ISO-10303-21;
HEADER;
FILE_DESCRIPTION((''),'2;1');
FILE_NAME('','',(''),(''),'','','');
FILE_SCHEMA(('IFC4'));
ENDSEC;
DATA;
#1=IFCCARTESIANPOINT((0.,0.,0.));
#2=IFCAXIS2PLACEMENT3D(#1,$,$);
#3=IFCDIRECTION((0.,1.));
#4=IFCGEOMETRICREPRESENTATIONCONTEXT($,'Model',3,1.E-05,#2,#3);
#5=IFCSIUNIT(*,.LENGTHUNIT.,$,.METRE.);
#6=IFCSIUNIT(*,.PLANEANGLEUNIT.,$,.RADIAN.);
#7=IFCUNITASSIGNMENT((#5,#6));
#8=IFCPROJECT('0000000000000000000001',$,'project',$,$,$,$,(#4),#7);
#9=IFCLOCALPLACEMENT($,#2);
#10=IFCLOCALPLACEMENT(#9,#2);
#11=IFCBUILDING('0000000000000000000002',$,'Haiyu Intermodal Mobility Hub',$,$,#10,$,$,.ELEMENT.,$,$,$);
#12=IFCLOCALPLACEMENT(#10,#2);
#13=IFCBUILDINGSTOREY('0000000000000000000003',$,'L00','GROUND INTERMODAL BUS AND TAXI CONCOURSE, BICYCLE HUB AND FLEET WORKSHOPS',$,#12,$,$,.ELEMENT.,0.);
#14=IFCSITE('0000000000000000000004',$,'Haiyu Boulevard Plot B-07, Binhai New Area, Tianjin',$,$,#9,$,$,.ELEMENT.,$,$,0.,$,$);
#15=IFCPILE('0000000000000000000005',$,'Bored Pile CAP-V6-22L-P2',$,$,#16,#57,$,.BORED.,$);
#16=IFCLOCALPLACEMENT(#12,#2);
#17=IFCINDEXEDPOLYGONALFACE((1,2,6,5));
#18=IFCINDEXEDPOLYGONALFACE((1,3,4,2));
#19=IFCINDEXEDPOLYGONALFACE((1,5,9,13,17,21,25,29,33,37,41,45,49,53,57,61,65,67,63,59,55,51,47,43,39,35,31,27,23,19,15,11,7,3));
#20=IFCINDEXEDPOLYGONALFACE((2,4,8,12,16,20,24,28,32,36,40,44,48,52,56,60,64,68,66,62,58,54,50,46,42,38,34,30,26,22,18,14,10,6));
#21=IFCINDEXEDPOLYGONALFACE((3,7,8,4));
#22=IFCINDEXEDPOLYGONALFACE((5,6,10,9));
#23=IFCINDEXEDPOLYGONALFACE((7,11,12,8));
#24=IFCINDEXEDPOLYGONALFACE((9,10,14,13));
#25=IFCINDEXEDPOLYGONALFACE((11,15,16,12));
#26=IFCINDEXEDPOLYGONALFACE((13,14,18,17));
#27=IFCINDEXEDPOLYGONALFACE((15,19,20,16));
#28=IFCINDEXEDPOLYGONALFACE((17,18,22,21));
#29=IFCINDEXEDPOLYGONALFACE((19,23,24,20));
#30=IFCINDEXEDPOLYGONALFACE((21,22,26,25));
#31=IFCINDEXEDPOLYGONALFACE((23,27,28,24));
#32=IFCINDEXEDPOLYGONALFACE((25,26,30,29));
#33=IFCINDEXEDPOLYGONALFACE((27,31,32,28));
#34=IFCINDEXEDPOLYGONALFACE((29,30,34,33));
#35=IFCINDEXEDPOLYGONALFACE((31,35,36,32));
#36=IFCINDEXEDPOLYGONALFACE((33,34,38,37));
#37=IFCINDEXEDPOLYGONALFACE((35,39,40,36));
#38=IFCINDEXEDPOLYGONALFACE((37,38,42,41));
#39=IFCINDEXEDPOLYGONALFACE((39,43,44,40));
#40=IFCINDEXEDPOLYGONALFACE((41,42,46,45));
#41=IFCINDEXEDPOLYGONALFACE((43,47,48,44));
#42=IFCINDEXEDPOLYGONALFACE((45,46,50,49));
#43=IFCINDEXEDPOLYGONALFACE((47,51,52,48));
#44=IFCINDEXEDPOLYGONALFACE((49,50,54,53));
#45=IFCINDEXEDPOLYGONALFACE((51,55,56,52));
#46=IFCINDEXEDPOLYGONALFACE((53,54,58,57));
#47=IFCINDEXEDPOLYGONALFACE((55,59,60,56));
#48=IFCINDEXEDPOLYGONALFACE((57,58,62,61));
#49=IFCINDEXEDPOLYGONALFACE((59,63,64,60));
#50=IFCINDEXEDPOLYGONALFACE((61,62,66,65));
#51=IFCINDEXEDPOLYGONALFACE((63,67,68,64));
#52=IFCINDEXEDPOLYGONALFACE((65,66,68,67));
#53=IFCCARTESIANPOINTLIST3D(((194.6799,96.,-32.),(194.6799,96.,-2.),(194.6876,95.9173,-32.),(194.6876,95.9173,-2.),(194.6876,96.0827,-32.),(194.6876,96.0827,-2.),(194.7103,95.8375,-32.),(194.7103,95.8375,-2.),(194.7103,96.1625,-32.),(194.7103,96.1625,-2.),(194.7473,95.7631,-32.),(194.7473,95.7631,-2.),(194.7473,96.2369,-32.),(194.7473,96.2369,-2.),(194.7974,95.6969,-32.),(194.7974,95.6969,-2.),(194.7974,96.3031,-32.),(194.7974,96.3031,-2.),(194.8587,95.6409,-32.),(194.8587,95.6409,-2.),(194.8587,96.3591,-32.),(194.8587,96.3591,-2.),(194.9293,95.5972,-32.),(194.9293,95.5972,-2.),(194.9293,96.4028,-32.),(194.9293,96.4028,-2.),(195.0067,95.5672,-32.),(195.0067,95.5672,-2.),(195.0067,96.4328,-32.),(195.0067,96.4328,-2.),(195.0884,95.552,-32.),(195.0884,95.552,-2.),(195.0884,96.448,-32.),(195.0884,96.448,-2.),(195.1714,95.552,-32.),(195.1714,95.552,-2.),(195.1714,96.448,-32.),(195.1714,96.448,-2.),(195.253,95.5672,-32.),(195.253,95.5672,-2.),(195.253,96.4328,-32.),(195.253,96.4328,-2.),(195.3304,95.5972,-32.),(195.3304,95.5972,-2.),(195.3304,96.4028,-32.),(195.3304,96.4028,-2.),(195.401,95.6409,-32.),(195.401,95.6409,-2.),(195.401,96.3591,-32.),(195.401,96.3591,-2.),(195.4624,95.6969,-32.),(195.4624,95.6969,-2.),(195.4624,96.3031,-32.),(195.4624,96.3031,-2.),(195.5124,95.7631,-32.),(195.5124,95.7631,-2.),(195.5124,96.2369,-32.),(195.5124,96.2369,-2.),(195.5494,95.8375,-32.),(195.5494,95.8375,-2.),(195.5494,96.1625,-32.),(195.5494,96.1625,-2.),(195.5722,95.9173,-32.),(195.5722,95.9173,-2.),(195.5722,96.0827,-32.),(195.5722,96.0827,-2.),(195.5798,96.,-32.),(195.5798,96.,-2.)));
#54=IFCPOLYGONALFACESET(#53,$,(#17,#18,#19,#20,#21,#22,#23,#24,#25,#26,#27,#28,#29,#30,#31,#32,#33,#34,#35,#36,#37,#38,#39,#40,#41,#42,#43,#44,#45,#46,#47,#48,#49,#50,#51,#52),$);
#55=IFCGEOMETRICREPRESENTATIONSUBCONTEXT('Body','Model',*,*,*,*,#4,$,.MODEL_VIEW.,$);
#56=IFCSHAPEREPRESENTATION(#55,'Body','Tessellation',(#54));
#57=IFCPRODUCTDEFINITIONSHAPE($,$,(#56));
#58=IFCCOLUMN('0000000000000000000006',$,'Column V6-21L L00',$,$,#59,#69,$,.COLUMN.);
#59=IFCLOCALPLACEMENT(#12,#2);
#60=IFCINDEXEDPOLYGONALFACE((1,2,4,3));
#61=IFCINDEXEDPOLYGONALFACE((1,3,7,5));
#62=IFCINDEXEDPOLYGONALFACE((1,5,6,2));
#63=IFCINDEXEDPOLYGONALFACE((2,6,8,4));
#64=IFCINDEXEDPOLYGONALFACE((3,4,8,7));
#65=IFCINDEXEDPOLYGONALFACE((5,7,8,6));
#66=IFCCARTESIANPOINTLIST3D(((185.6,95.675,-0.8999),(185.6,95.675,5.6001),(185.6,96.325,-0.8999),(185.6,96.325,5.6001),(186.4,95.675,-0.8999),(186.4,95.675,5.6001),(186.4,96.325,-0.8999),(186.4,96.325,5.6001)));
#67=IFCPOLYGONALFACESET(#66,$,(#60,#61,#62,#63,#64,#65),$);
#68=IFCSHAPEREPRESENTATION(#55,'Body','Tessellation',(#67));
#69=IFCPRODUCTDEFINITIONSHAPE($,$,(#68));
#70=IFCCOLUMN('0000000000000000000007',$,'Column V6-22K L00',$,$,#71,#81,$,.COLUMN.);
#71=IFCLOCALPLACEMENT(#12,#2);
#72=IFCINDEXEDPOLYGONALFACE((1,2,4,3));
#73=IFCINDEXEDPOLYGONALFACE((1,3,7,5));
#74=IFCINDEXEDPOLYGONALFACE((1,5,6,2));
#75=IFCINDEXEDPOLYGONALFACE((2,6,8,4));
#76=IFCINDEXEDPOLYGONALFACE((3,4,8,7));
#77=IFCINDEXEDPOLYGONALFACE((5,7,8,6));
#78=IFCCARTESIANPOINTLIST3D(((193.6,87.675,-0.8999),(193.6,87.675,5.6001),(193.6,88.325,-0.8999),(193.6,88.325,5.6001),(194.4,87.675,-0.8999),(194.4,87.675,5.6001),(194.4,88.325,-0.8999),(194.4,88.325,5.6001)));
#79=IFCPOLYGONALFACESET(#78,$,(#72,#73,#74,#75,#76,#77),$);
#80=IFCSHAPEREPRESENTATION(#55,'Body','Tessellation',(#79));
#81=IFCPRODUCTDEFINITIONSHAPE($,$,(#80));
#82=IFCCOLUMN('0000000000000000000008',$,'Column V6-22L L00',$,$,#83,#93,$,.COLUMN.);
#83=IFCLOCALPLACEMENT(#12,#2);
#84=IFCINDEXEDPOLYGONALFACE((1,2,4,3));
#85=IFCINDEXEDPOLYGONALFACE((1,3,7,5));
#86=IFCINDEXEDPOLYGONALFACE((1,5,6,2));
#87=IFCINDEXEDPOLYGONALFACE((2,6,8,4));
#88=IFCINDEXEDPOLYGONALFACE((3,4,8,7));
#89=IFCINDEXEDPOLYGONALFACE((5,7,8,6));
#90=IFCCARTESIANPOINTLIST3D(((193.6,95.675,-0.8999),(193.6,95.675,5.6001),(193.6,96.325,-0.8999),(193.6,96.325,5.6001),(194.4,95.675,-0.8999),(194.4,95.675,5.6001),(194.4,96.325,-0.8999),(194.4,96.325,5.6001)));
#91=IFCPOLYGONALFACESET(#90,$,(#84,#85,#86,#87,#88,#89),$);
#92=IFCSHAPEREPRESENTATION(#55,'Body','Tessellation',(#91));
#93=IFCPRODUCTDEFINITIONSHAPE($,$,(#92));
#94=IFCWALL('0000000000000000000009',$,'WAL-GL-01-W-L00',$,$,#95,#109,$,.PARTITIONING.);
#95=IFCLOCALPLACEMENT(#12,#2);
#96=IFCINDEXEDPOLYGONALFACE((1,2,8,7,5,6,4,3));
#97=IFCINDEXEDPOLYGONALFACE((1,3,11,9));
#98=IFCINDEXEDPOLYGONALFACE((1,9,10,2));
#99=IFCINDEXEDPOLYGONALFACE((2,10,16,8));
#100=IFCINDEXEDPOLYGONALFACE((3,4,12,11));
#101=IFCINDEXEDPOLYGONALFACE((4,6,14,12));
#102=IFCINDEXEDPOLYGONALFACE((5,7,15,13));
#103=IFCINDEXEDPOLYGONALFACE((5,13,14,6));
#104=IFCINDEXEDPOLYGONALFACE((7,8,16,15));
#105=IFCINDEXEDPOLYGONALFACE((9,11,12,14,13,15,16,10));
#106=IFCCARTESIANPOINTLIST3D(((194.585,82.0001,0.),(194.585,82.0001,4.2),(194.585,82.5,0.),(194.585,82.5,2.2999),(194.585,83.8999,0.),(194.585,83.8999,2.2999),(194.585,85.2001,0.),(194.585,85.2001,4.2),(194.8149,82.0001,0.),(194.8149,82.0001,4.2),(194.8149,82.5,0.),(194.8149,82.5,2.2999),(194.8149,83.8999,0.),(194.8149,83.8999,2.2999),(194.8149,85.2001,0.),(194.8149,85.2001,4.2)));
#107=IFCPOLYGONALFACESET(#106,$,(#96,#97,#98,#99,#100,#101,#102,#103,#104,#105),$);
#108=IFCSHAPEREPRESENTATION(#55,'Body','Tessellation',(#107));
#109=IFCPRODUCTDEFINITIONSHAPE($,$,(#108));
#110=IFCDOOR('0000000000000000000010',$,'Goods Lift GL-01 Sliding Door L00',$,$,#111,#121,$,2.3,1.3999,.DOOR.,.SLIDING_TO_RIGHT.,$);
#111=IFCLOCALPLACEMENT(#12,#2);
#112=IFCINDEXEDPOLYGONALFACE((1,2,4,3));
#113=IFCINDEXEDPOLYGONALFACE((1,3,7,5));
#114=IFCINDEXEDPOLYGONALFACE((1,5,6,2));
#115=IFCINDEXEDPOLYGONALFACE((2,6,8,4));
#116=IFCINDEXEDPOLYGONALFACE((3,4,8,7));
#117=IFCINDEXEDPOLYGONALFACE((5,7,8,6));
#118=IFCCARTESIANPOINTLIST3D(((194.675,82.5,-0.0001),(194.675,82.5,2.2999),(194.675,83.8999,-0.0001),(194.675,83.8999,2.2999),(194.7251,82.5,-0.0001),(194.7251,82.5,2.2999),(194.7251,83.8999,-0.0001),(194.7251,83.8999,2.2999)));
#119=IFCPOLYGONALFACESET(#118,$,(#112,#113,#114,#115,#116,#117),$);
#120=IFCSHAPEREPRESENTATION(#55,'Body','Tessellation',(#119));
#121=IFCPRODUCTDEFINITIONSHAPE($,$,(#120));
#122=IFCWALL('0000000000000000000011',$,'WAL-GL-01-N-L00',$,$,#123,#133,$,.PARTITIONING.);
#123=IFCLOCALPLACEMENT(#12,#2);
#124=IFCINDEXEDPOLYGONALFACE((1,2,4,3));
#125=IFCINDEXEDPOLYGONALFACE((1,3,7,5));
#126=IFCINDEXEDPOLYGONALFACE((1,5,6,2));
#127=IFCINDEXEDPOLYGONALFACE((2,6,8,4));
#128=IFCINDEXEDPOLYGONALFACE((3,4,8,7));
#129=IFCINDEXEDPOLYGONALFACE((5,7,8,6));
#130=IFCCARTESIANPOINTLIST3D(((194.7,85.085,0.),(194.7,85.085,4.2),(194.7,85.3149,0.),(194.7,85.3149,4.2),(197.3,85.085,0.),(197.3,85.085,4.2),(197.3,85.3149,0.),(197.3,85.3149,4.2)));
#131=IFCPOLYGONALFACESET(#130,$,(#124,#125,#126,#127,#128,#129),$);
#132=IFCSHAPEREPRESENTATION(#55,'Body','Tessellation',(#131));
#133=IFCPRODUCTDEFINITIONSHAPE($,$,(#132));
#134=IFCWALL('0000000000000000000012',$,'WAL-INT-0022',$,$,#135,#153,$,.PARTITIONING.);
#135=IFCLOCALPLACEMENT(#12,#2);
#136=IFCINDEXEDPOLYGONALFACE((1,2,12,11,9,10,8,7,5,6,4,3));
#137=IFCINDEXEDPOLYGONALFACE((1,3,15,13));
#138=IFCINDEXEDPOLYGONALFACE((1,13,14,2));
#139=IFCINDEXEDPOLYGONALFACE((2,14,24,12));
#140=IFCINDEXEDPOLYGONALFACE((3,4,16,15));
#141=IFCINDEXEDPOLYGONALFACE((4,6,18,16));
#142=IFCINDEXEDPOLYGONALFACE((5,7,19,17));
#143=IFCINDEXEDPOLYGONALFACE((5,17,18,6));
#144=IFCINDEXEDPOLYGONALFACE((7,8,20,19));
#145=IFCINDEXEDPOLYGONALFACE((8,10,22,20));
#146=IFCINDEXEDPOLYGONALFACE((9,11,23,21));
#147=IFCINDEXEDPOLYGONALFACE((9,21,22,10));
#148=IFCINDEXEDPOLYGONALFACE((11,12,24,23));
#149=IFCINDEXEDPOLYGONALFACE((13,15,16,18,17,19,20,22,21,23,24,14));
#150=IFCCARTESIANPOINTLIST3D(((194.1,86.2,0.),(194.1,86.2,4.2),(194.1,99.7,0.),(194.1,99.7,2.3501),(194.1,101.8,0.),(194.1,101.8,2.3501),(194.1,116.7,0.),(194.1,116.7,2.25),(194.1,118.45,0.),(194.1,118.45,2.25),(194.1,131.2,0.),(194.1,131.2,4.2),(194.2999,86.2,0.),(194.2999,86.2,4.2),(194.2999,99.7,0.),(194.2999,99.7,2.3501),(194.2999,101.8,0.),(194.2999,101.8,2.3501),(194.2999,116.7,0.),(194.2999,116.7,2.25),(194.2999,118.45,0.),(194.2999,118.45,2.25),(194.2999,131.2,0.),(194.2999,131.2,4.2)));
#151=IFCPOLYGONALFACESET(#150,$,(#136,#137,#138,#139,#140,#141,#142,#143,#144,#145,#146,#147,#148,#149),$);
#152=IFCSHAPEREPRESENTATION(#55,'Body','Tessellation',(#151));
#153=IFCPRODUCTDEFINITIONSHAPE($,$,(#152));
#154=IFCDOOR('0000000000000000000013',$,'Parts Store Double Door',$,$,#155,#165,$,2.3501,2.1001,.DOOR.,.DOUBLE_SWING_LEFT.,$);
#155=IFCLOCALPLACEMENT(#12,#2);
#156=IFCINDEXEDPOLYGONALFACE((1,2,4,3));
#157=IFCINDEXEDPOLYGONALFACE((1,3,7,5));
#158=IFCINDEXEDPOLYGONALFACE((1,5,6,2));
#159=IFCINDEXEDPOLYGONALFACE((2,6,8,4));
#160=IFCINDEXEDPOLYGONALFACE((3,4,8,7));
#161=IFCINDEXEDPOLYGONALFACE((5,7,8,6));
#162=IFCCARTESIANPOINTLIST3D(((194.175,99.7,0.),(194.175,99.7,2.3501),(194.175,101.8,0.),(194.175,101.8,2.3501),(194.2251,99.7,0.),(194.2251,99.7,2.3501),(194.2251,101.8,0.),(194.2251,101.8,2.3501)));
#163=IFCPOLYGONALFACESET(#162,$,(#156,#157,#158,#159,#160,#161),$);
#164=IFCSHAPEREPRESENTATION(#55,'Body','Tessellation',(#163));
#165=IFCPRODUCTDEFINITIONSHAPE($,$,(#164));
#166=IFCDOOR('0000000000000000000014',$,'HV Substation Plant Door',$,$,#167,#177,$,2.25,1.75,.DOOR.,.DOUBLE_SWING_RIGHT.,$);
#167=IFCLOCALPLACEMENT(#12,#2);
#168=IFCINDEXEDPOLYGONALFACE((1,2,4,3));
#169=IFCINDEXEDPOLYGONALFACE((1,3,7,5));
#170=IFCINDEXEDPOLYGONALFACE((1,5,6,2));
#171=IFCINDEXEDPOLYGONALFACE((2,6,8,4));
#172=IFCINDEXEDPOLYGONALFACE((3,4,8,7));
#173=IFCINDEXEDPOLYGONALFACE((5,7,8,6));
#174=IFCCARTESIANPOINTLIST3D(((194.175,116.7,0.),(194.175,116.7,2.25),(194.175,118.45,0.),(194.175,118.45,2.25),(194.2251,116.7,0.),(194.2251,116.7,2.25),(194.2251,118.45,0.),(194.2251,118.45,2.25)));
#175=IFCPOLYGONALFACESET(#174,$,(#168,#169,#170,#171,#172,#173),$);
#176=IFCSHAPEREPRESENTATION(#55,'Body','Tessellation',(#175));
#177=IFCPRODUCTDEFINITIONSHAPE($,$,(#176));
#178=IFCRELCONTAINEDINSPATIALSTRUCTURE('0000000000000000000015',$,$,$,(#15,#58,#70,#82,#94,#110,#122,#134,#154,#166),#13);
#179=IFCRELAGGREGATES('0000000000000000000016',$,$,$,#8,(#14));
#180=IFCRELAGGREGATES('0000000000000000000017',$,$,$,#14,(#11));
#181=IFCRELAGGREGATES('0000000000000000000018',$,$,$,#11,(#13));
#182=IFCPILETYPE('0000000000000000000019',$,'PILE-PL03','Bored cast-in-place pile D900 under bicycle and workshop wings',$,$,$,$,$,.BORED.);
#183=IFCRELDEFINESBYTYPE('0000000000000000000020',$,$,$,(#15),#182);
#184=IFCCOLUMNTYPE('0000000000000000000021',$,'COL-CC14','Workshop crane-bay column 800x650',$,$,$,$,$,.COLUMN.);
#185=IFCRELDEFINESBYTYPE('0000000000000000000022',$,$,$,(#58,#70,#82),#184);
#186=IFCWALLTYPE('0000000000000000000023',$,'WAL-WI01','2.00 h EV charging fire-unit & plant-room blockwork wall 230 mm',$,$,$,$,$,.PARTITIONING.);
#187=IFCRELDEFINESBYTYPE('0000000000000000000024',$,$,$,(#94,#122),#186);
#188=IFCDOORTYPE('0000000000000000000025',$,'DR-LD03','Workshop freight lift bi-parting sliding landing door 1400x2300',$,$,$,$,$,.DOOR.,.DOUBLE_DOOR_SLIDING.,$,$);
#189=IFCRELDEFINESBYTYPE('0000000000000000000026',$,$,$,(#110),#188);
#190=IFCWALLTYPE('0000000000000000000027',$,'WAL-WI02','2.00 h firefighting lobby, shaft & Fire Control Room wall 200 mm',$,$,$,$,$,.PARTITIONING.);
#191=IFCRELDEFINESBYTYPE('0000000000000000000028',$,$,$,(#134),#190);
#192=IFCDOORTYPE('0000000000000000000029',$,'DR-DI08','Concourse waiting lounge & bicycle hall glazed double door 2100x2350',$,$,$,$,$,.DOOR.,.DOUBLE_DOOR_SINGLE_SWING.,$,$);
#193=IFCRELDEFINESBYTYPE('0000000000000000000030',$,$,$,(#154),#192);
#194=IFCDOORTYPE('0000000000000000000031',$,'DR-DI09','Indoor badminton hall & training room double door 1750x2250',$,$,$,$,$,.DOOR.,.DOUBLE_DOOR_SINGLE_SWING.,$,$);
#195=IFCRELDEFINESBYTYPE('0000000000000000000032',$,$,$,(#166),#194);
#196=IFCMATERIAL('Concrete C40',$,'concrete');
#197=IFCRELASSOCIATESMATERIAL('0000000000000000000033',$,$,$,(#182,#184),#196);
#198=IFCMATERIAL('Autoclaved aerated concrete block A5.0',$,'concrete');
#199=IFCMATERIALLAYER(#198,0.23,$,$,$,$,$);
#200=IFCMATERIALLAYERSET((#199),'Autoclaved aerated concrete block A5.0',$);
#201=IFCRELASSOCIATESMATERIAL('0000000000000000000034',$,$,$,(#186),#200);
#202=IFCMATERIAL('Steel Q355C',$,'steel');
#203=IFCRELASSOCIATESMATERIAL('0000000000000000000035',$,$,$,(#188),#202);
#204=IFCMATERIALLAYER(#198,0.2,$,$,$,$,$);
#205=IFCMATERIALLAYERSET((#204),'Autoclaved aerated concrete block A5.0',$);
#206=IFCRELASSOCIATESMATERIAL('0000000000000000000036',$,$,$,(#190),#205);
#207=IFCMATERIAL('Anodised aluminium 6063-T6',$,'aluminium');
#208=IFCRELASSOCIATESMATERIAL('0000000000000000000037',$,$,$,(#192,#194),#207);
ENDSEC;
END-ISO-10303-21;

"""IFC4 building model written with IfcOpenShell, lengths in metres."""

from ifc_helpers import new_model, si_unit, direction, frame, frame_2d, origin, origin_2d, place, context, subcontext, project, spatial, rectangle, circle, extrude, material, layer, layer_set, material_profile, profile_set, type_object, element, fill, save


model = new_model("IFC4")

# Units and contexts
model_context = context("Model", 3, precision=1e-05, world=origin(), true_north=direction((0.0, 1.0)))
body_context = subcontext(model_context, "Body", "Model", "MODEL_VIEW")
ifc_project = project(units=[si_unit("LENGTHUNIT", "METRE"), si_unit("PLANEANGLEUNIT", "RADIAN")], contexts=[model_context])

# Site, building, storey
site_placement = place(None, origin())
site = spatial("IfcSite", under=ifc_project, at=site_placement, Name="Haiyu Boulevard Plot B-07, Binhai New Area, Tianjin", CompositionType="ELEMENT", RefElevation=0.0)
building_placement = place(site_placement, origin())
building = spatial("IfcBuilding", under=site, at=building_placement, Name="Haiyu Intermodal Mobility Hub", CompositionType="ELEMENT")
storey_placement = place(building_placement, origin())
storey = spatial("IfcBuildingStorey", under=building, at=storey_placement, Name="L00", Description="GROUND INTERMODAL BUS AND TAXI CONCOURSE, BICYCLE HUB AND FLEET WORKSHOPS", CompositionType="ELEMENT", Elevation=0.0)

# Shared definitions
ifc_material_1 = material(Name="Concrete C40", Category="concrete")

# Pile
ifc_material_profile_1 = material_profile(ifc_material_1, circle(Radius=0.45, at=origin_2d()), Name="PILE-D900")
ifc_profile_set_1 = profile_set([ifc_material_profile_1], Name="Concrete C40")
pile_type = type_object("IfcPileType", Name="PILE-PL03", Description="Bored cast-in-place pile D900 under bicycle and workshop wings", PredefinedType="BORED", material=ifc_profile_set_1)
for number, where, z_axis, x_axis, name in (
    (1, (195.1299, 96.0, -2.0), (0.0, 0.0, -1.0), (1.0, 0.0, 0.0), "Bored Pile CAP-V6-22L-P2"),
):
    element("IfcPile", number, at=place(storey_placement, frame(where, z_axis=z_axis, x_axis=x_axis)), inside=storey, type_object=pile_type, Name=name, PredefinedType="BORED", context=body_context, shape_type="SweptSolid", body=[
        extrude(circle(Radius=0.45, at=origin_2d()), origin(), (0.0, 0.0, 1.0), 30.0),
    ])

# Columns
ifc_material_profile_2 = material_profile(ifc_material_1, rectangle(XDim=0.8, YDim=0.6499, at=origin_2d()), Name="C800x650")
ifc_profile_set_2 = profile_set([ifc_material_profile_2], Name="Concrete C40")
column_type = type_object("IfcColumnType", Name="COL-CC14", Description="Workshop crane-bay column 800x650", PredefinedType="COLUMN", material=ifc_profile_set_2)
for number, where, z_axis, x_axis, name in (
    (2, (186.0, 96.0, -0.8999), (0.0, 0.0, 1.0), (1.0, 0.0, 0.0), "Column V6-21L L00"),
    (3, (194.0, 88.0, -0.8999), (0.0, 0.0, 1.0), (1.0, 0.0, 0.0), "Column V6-22K L00"),
    (4, (194.0, 96.0, -0.8999), (0.0, 0.0, 1.0), (1.0, 0.0, 0.0), "Column V6-22L L00"),
):
    element("IfcColumn", number, at=place(storey_placement, frame(where, z_axis=z_axis, x_axis=x_axis)), inside=storey, type_object=column_type, Name=name, PredefinedType="COLUMN", context=body_context, shape_type="SweptSolid", body=[
        extrude(rectangle(XDim=0.8, YDim=0.6499, at=origin_2d()), origin(), (0.0, 0.0, 1.0), 6.5),
    ])

# Wall, opening, door
ifc_material_2 = material(Name="Autoclaved aerated concrete block A5.0", Category="concrete")
ifc_layer_1 = layer(ifc_material_2, 0.23)
ifc_layer_set_1 = layer_set([ifc_layer_1], Name="Autoclaved aerated concrete block A5.0")
wall_type_1 = type_object("IfcWallType", Name="WAL-WI01", Description="2.00 h EV charging fire-unit & plant-room blockwork wall 230 mm", PredefinedType="PARTITIONING", material=ifc_layer_set_1)
wall_1_placement = place(storey_placement, frame((194.7, 82.0, 0.0), z_axis=(0.0, 0.0, 1.0), x_axis=(0.0, 1.0, 0.0)))
wall_1 = element("IfcWall", 5, at=wall_1_placement, inside=storey, type_object=wall_type_1, Name="WAL-GL-01-W-L00", PredefinedType="PARTITIONING", context=body_context, shape_type="SweptSolid", body=[
    extrude(rectangle(XDim=3.2, YDim=0.23, at=frame_2d((1.6001, 0.0))), origin(), (0.0, 0.0, 1.0), 4.2),
])
opening_1_placement = place(wall_1_placement, frame((0.5, 0.0, 0.0)))
opening_1 = element("IfcOpeningElement", 6, at=opening_1_placement, cuts=wall_1, PredefinedType="OPENING", context=body_context, shape_type="SweptSolid", body=[
    extrude(rectangle(XDim=1.3999, YDim=2.3, at=frame_2d((0.7, 1.1499))), frame((0.0, 0.125, 0.0), z_axis=(0.0, -1.0, 0.0), x_axis=(1.0, 0.0, 0.0)), (0.0, 0.0, 1.0), 0.25),
])
ifc_material_3 = material(Name="Steel Q355C", Category="steel")
door_type_1 = type_object("IfcDoorType", Name="DR-LD03", Description="Workshop freight lift bi-parting sliding landing door 1400x2300", OperationType="DOUBLE_DOOR_SLIDING", PredefinedType="DOOR", material=ifc_material_3)
door_1_placement = place(opening_1_placement, origin())
door_1 = element("IfcDoor", 7, at=door_1_placement, inside=storey, type_object=door_type_1, Name="Goods Lift GL-01 Sliding Door L00", OperationType="SLIDING_TO_RIGHT", OverallHeight=2.3, OverallWidth=1.3999, PredefinedType="DOOR", context=body_context, shape_type="SweptSolid", body=[
    extrude(rectangle(XDim=1.3999, YDim=2.3, at=frame_2d((0.7, 1.1499))), frame((0.0, 0.0249, 0.0), z_axis=(0.0, -1.0, 0.0), x_axis=(1.0, 0.0, 0.0)), (0.0, 0.0, 1.0), 0.05),
])
fill(opening_1, door_1)

# Wall
wall_2_placement = place(storey_placement, frame((194.7, 85.2, 0.0), z_axis=(0.0, 0.0, 1.0), x_axis=(1.0, 0.0, 0.0)))
element("IfcWall", 8, at=wall_2_placement, inside=storey, type_object=wall_type_1, Name="WAL-GL-01-N-L00", PredefinedType="PARTITIONING", context=body_context, shape_type="SweptSolid", body=[
    extrude(rectangle(XDim=2.6001, YDim=0.23, at=frame_2d((1.3, 0.0))), origin(), (0.0, 0.0, 1.0), 4.2),
])

# Wall, openings, doors
ifc_layer_2 = layer(ifc_material_2, 0.2)
ifc_layer_set_2 = layer_set([ifc_layer_2], Name="Autoclaved aerated concrete block A5.0")
wall_type_2 = type_object("IfcWallType", Name="WAL-WI02", Description="2.00 h firefighting lobby, shaft & Fire Control Room wall 200 mm", PredefinedType="PARTITIONING", material=ifc_layer_set_2)
wall_3_placement = place(storey_placement, frame((194.2, 86.2, 0.0), z_axis=(0.0, 0.0, 1.0), x_axis=(0.0, 1.0, 0.0)))
wall_3 = element("IfcWall", 9, at=wall_3_placement, inside=storey, type_object=wall_type_2, Name="WAL-INT-0022", PredefinedType="PARTITIONING", context=body_context, shape_type="SweptSolid", body=[
    extrude(rectangle(XDim=45.0, YDim=0.2, at=frame_2d((22.5, 0.0))), origin(), (0.0, 0.0, 1.0), 4.2),
])
opening_2_placement = place(wall_3_placement, frame((13.5, 0.0, 0.0)))
opening_2 = element("IfcOpeningElement", 10, at=opening_2_placement, cuts=wall_3, PredefinedType="OPENING", context=body_context, shape_type="SweptSolid", body=[
    extrude(rectangle(XDim=2.1001, YDim=2.3501, at=frame_2d((1.05, 1.175))), frame((0.0, 0.1099, 0.0), z_axis=(0.0, -1.0, 0.0), x_axis=(1.0, 0.0, 0.0)), (0.0, 0.0, 1.0), 0.22),
])
opening_3_placement = place(wall_3_placement, frame((30.5, 0.0, 0.0)))
opening_3 = element("IfcOpeningElement", 11, at=opening_3_placement, cuts=wall_3, PredefinedType="OPENING", context=body_context, shape_type="SweptSolid", body=[
    extrude(rectangle(XDim=1.75, YDim=2.25, at=frame_2d((0.875, 1.125))), frame((0.0, 0.1099, 0.0), z_axis=(0.0, -1.0, 0.0), x_axis=(1.0, 0.0, 0.0)), (0.0, 0.0, 1.0), 0.22),
])
ifc_material_4 = material(Name="Anodised aluminium 6063-T6", Category="aluminium")
door_type_2 = type_object("IfcDoorType", Name="DR-DI08", Description="Concourse waiting lounge & bicycle hall glazed double door 2100x2350", OperationType="DOUBLE_DOOR_SINGLE_SWING", PredefinedType="DOOR", material=ifc_material_4)
door_2_placement = place(opening_2_placement, origin())
door_2 = element("IfcDoor", 12, at=door_2_placement, inside=storey, type_object=door_type_2, Name="Parts Store Double Door", OperationType="DOUBLE_SWING_LEFT", OverallHeight=2.3501, OverallWidth=2.1001, PredefinedType="DOOR", context=body_context, shape_type="SweptSolid", body=[
    extrude(rectangle(XDim=2.1001, YDim=2.3501, at=frame_2d((1.05, 1.175))), frame((0.0, 0.0249, 0.0), z_axis=(0.0, -1.0, 0.0), x_axis=(1.0, 0.0, 0.0)), (0.0, 0.0, 1.0), 0.05),
])
fill(opening_2, door_2)
door_type_3 = type_object("IfcDoorType", Name="DR-DI09", Description="Indoor badminton hall & training room double door 1750x2250", OperationType="DOUBLE_DOOR_SINGLE_SWING", PredefinedType="DOOR", material=ifc_material_4)
door_3_placement = place(opening_3_placement, origin())
door_3 = element("IfcDoor", 13, at=door_3_placement, inside=storey, type_object=door_type_3, Name="HV Substation Plant Door", OperationType="DOUBLE_SWING_RIGHT", OverallHeight=2.25, OverallWidth=1.75, PredefinedType="DOOR", context=body_context, shape_type="SweptSolid", body=[
    extrude(rectangle(XDim=1.75, YDim=2.25, at=frame_2d((0.875, 1.125))), frame((0.0, 0.0249, 0.0), z_axis=(0.0, -1.0, 0.0), x_axis=(1.0, 0.0, 0.0)), (0.0, 0.0, 1.0), 0.05),
])
fill(opening_3, door_3)

save(model, "model.ifc")
